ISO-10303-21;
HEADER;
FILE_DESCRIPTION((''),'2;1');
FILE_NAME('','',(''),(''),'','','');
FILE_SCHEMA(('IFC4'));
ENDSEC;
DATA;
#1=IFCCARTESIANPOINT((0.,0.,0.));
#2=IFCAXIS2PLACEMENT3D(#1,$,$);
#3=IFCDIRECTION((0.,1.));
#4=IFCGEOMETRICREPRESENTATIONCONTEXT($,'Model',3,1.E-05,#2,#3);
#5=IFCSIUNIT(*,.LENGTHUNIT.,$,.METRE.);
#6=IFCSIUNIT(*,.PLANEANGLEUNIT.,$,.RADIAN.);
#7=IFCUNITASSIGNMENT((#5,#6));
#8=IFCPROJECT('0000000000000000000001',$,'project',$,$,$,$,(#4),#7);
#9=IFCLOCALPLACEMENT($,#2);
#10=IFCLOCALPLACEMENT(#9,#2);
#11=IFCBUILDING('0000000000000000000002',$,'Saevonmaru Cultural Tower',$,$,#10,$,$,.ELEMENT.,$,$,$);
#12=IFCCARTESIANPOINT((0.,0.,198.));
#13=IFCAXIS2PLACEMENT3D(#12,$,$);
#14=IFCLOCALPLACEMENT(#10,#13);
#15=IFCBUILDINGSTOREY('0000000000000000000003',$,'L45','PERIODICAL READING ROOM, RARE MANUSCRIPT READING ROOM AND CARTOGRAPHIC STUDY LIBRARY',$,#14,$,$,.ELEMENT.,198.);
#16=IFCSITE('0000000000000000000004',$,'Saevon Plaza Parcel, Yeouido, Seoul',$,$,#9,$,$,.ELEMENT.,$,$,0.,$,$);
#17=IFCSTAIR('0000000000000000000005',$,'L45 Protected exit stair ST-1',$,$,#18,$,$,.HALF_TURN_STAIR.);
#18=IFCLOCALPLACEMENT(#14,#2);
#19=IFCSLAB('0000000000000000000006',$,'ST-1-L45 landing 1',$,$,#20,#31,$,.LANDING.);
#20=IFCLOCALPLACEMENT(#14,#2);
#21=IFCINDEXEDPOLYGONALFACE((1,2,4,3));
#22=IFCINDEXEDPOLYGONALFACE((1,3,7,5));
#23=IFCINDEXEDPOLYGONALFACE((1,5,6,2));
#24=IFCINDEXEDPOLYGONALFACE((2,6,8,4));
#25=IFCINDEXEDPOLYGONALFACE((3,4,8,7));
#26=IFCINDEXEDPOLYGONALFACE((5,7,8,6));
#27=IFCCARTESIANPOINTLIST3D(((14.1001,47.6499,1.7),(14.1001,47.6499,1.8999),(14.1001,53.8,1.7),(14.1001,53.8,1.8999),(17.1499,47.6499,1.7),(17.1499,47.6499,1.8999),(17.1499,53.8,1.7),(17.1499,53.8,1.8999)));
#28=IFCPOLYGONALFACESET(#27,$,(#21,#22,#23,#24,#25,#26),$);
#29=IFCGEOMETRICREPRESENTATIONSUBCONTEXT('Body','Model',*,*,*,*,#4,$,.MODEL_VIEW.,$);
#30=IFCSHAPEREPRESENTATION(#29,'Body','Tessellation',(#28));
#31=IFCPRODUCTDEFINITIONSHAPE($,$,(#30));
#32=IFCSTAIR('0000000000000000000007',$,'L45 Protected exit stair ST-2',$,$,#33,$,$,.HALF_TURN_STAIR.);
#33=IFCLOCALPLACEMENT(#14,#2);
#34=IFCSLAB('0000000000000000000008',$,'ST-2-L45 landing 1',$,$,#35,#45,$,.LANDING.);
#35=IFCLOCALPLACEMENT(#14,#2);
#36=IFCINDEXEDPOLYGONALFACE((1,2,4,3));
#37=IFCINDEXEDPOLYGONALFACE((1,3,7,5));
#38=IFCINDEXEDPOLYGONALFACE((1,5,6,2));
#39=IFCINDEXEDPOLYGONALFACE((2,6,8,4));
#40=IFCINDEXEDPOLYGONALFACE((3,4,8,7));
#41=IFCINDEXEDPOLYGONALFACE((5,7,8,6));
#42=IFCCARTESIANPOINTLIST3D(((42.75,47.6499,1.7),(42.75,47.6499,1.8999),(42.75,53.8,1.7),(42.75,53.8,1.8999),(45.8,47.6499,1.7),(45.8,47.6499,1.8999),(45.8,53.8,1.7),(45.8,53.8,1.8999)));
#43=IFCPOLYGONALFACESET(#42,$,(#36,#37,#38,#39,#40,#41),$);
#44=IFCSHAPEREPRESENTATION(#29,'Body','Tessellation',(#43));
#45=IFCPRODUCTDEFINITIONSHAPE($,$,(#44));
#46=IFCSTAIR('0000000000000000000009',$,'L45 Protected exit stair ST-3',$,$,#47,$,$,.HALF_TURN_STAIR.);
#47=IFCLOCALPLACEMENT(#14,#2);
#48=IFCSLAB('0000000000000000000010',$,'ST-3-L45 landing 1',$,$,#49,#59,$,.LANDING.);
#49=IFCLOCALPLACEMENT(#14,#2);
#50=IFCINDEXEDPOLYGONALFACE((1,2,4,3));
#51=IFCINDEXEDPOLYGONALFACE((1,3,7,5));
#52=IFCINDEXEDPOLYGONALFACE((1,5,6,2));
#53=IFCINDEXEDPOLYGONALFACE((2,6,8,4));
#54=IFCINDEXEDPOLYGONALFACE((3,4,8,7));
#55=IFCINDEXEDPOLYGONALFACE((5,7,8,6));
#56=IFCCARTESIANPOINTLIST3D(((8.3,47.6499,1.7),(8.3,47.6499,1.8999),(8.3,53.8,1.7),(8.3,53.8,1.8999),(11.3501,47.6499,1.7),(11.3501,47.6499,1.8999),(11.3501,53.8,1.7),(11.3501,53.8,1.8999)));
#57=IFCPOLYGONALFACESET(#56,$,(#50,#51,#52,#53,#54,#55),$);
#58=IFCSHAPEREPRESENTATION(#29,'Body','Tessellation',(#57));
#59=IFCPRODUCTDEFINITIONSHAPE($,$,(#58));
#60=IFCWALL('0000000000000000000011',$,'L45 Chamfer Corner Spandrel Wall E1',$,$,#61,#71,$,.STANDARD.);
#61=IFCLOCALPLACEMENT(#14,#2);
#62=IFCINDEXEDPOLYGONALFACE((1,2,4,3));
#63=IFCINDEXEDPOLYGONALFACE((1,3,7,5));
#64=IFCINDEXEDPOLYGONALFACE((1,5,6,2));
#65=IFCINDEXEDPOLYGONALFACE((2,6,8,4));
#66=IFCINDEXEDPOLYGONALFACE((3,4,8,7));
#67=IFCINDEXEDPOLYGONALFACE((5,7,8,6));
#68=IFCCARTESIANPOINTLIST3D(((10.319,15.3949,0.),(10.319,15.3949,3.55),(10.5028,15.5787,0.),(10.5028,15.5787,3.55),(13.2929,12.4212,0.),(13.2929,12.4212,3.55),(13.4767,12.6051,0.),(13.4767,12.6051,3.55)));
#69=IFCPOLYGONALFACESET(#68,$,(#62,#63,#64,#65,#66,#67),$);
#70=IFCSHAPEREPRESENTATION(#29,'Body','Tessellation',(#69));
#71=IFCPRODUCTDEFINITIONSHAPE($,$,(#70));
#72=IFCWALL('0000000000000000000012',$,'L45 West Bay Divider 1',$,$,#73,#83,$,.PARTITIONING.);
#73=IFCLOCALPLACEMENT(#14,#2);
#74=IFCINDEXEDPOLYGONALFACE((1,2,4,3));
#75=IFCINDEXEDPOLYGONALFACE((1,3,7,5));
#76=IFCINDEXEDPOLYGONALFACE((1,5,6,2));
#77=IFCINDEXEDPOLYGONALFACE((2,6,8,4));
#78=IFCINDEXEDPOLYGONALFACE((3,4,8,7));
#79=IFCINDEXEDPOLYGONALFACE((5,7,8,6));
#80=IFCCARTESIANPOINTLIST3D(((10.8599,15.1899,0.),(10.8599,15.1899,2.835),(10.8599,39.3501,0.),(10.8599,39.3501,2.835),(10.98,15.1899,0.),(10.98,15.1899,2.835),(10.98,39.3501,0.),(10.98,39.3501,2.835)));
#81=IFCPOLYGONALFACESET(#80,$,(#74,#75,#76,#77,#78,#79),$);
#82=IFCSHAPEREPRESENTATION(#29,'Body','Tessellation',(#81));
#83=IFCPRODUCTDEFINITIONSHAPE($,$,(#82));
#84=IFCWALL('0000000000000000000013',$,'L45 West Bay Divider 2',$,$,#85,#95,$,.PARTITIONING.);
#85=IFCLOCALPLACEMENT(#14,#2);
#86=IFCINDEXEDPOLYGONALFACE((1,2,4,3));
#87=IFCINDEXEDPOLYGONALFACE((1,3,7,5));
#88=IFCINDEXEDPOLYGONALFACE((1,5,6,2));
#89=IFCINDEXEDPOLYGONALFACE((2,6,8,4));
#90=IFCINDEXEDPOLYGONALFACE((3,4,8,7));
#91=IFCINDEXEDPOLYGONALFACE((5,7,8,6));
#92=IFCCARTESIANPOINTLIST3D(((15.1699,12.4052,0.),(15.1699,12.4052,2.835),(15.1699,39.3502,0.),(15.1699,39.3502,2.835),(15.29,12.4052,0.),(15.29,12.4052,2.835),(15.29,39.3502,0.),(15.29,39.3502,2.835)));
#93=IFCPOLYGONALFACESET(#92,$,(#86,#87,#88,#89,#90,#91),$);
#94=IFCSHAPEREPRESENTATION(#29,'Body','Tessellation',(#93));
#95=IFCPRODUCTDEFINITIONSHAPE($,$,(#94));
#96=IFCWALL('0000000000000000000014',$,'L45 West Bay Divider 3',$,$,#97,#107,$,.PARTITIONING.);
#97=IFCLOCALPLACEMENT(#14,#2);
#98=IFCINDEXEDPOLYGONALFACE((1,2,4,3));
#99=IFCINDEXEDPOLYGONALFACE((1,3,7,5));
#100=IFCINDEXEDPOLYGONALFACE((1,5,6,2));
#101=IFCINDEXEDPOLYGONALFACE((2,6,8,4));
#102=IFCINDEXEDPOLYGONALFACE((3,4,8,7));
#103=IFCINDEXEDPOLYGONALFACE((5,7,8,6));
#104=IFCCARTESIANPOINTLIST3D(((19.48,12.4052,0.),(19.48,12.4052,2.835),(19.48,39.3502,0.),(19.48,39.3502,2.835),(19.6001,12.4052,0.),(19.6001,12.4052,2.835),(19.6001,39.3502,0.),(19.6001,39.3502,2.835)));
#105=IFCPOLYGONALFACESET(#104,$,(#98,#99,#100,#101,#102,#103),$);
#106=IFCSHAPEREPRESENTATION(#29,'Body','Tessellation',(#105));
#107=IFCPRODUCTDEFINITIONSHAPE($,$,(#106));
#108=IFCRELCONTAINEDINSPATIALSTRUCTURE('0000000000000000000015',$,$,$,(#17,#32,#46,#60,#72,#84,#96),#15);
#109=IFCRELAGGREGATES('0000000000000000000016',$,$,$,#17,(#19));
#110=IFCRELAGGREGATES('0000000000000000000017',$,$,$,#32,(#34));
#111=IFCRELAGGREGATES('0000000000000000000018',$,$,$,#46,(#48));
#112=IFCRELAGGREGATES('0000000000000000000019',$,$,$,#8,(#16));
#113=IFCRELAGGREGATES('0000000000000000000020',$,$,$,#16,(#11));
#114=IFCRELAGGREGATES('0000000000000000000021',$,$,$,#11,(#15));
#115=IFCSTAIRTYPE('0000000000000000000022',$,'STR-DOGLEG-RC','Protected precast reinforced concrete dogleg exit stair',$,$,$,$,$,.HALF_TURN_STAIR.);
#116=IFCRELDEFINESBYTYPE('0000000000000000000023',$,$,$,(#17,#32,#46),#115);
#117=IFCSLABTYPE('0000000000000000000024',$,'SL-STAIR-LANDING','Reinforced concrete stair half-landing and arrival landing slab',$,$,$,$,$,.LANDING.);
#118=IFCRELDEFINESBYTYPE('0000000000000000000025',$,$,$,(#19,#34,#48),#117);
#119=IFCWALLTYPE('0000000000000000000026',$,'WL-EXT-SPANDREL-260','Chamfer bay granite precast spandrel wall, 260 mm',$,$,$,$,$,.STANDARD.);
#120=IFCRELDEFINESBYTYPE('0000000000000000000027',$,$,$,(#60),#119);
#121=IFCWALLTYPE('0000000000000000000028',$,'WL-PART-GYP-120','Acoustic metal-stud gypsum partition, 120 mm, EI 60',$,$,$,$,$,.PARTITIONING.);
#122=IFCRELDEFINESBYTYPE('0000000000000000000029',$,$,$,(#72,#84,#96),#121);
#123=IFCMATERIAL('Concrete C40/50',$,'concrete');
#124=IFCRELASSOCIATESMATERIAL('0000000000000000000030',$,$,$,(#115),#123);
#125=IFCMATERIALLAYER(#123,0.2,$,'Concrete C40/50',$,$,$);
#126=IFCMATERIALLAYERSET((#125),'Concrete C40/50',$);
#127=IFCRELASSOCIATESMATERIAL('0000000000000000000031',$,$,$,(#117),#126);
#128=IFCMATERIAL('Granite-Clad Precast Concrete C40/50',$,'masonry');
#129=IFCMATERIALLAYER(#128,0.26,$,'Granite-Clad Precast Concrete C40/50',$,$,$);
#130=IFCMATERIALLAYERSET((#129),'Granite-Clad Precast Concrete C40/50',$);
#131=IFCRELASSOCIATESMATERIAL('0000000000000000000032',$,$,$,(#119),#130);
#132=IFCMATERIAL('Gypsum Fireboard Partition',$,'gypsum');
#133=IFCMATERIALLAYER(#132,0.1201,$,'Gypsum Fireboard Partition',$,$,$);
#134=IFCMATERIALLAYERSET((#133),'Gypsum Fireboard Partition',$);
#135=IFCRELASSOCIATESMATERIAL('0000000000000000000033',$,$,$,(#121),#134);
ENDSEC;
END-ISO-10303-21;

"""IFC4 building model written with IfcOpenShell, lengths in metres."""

from ifc_helpers import new_model, si_unit, direction, frame, frame_2d, origin, place, context, subcontext, project, spatial, polyline, rectangle, outline, extrude, material, layer, layer_set, type_object, element, aggregate, save


model = new_model("IFC4")

# Units and contexts
model_context = context("Model", 3, precision=1e-05, world=origin(), true_north=direction((0.0, 1.0)))
body_context = subcontext(model_context, "Body", "Model", "MODEL_VIEW")
ifc_project = project(units=[si_unit("LENGTHUNIT", "METRE"), si_unit("PLANEANGLEUNIT", "RADIAN")], contexts=[model_context])

# Site, building, storey
site_placement = place(None, origin())
site = spatial("IfcSite", under=ifc_project, at=site_placement, Name="Saevon Plaza Parcel, Yeouido, Seoul", CompositionType="ELEMENT", RefElevation=0.0)
building_placement = place(site_placement, origin())
building = spatial("IfcBuilding", under=site, at=building_placement, Name="Saevonmaru Cultural Tower", CompositionType="ELEMENT")
storey_placement = place(building_placement, frame((0.0, 0.0, 198.0)))
storey = spatial("IfcBuildingStorey", under=building, at=storey_placement, Name="L45", Description="PERIODICAL READING ROOM, RARE MANUSCRIPT READING ROOM AND CARTOGRAPHIC STUDY LIBRARY", CompositionType="ELEMENT", Elevation=198.0)

# Shared definitions
ifc_material_1 = material(Name="Concrete C40/50", Category="concrete")

# Stairs, slabs
stair_type = type_object("IfcStairType", Name="STR-DOGLEG-RC", Description="Protected precast reinforced concrete dogleg exit stair", PredefinedType="HALF_TURN_STAIR", material=ifc_material_1)
stair_1_placement = place(storey_placement, origin())
stair_1 = element("IfcStair", 1, at=stair_1_placement, inside=storey, type_object=stair_type, Name="L45 Protected exit stair ST-1", PredefinedType="HALF_TURN_STAIR")
ifc_layer_1 = layer(ifc_material_1, 0.2, Name="Concrete C40/50")
ifc_layer_set_1 = layer_set([ifc_layer_1], Name="Concrete C40/50")
slab_type_1 = type_object("IfcSlabType", Name="SL-STAIR-LANDING", Description="Reinforced concrete stair half-landing and arrival landing slab", PredefinedType="LANDING", material=ifc_layer_set_1)
slab_1_placement = place(storey_placement, frame((0.0, 0.0, 1.7)))
slab_1 = element("IfcSlab", 2, at=slab_1_placement, type_object=slab_type_1, Name="ST-1-L45 landing 1", PredefinedType="LANDING", context=body_context, shape_type="SweptSolid", body=[
    extrude(outline(polyline([(17.1499, 47.6499), (17.1499, 53.8), (14.1001, 53.8), (14.1001, 47.6499), (17.1499, 47.6499)])), origin(), (0.0, 0.0, 1.0), 0.2),
])
aggregate(stair_1, [slab_1])
stair_2_placement = place(storey_placement, origin())
stair_2 = element("IfcStair", 3, at=stair_2_placement, inside=storey, type_object=stair_type, Name="L45 Protected exit stair ST-2", PredefinedType="HALF_TURN_STAIR")
slab_2_placement = place(storey_placement, frame((0.0, 0.0, 1.7)))
slab_2 = element("IfcSlab", 4, at=slab_2_placement, type_object=slab_type_1, Name="ST-2-L45 landing 1", PredefinedType="LANDING", context=body_context, shape_type="SweptSolid", body=[
    extrude(outline(polyline([(45.8, 47.6499), (45.8, 53.8), (42.75, 53.8), (42.75, 47.6499), (45.8, 47.6499)])), origin(), (0.0, 0.0, 1.0), 0.2),
])
aggregate(stair_2, [slab_2])
stair_3_placement = place(storey_placement, origin())
stair_3 = element("IfcStair", 5, at=stair_3_placement, inside=storey, type_object=stair_type, Name="L45 Protected exit stair ST-3", PredefinedType="HALF_TURN_STAIR")
slab_3_placement = place(storey_placement, frame((0.0, 0.0, 1.7)))
slab_3 = element("IfcSlab", 6, at=slab_3_placement, type_object=slab_type_1, Name="ST-3-L45 landing 1", PredefinedType="LANDING", context=body_context, shape_type="SweptSolid", body=[
    extrude(outline(polyline([(11.3501, 47.6499), (11.3501, 53.8), (8.3, 53.8), (8.3, 47.6499), (11.3501, 47.6499)])), origin(), (0.0, 0.0, 1.0), 0.2),
])
aggregate(stair_3, [slab_3])

# Walls
ifc_material_2 = material(Name="Granite-Clad Precast Concrete C40/50", Category="masonry")
ifc_layer_2 = layer(ifc_material_2, 0.26, Name="Granite-Clad Precast Concrete C40/50")
ifc_layer_set_2 = layer_set([ifc_layer_2], Name="Granite-Clad Precast Concrete C40/50")
wall_type_1 = type_object("IfcWallType", Name="WL-EXT-SPANDREL-260", Description="Chamfer bay granite precast spandrel wall, 260 mm", PredefinedType="STANDARD", material=ifc_layer_set_2)
wall_1_placement = place(storey_placement, frame((10.4109, 15.4868, 0.0), z_axis=(0.0, 0.0, 1.0), x_axis=(0.707136, -0.707078, 0.0)))
element("IfcWall", 7, at=wall_1_placement, inside=storey, type_object=wall_type_1, Name="L45 Chamfer Corner Spandrel Wall E1", PredefinedType="STANDARD", context=body_context, shape_type="SweptSolid", body=[
    extrude(rectangle(XDim=4.2056, YDim=0.26, at=frame_2d((2.1028, 0.0))), origin(), (0.0, 0.0, 1.0), 3.55),
])
ifc_material_3 = material(Name="Gypsum Fireboard Partition", Category="gypsum")
ifc_layer_3 = layer(ifc_material_3, 0.1201, Name="Gypsum Fireboard Partition")
ifc_layer_set_3 = layer_set([ifc_layer_3], Name="Gypsum Fireboard Partition")
wall_type_2 = type_object("IfcWallType", Name="WL-PART-GYP-120", Description="Acoustic metal-stud gypsum partition, 120 mm, EI 60", PredefinedType="PARTITIONING", material=ifc_layer_set_3)
wall_2_placement = place(storey_placement, frame((10.9199, 15.1899, 0.0), z_axis=(0.0, 0.0, 1.0), x_axis=(0.0, 1.0, 0.0)))
element("IfcWall", 8, at=wall_2_placement, inside=storey, type_object=wall_type_2, Name="L45 West Bay Divider 1", PredefinedType="PARTITIONING", context=body_context, shape_type="SweptSolid", body=[
    extrude(rectangle(XDim=24.1602, YDim=0.1201, at=frame_2d((12.0801, 0.0))), origin(), (0.0, 0.0, 1.0), 2.835),
])
for number, where, z_axis, x_axis, name in (
    (9, (15.23, 12.405, 0.0), (0.0, 0.0, 1.0), (0.0, 1.0, 0.0), "L45 West Bay Divider 2"),
    (10, (19.54, 12.405, 0.0), (0.0, 0.0, 1.0), (0.0, 1.0, 0.0), "L45 West Bay Divider 3"),
):
    element("IfcWall", number, at=place(storey_placement, frame(where, z_axis=z_axis, x_axis=x_axis)), inside=storey, type_object=wall_type_2, Name=name, PredefinedType="PARTITIONING", context=body_context, shape_type="SweptSolid", body=[
        extrude(rectangle(XDim=26.9451, YDim=0.1201, at=frame_2d((13.4727, 0.0))), origin(), (0.0, 0.0, 1.0), 2.835),
    ])

save(model, "model.ifc")
